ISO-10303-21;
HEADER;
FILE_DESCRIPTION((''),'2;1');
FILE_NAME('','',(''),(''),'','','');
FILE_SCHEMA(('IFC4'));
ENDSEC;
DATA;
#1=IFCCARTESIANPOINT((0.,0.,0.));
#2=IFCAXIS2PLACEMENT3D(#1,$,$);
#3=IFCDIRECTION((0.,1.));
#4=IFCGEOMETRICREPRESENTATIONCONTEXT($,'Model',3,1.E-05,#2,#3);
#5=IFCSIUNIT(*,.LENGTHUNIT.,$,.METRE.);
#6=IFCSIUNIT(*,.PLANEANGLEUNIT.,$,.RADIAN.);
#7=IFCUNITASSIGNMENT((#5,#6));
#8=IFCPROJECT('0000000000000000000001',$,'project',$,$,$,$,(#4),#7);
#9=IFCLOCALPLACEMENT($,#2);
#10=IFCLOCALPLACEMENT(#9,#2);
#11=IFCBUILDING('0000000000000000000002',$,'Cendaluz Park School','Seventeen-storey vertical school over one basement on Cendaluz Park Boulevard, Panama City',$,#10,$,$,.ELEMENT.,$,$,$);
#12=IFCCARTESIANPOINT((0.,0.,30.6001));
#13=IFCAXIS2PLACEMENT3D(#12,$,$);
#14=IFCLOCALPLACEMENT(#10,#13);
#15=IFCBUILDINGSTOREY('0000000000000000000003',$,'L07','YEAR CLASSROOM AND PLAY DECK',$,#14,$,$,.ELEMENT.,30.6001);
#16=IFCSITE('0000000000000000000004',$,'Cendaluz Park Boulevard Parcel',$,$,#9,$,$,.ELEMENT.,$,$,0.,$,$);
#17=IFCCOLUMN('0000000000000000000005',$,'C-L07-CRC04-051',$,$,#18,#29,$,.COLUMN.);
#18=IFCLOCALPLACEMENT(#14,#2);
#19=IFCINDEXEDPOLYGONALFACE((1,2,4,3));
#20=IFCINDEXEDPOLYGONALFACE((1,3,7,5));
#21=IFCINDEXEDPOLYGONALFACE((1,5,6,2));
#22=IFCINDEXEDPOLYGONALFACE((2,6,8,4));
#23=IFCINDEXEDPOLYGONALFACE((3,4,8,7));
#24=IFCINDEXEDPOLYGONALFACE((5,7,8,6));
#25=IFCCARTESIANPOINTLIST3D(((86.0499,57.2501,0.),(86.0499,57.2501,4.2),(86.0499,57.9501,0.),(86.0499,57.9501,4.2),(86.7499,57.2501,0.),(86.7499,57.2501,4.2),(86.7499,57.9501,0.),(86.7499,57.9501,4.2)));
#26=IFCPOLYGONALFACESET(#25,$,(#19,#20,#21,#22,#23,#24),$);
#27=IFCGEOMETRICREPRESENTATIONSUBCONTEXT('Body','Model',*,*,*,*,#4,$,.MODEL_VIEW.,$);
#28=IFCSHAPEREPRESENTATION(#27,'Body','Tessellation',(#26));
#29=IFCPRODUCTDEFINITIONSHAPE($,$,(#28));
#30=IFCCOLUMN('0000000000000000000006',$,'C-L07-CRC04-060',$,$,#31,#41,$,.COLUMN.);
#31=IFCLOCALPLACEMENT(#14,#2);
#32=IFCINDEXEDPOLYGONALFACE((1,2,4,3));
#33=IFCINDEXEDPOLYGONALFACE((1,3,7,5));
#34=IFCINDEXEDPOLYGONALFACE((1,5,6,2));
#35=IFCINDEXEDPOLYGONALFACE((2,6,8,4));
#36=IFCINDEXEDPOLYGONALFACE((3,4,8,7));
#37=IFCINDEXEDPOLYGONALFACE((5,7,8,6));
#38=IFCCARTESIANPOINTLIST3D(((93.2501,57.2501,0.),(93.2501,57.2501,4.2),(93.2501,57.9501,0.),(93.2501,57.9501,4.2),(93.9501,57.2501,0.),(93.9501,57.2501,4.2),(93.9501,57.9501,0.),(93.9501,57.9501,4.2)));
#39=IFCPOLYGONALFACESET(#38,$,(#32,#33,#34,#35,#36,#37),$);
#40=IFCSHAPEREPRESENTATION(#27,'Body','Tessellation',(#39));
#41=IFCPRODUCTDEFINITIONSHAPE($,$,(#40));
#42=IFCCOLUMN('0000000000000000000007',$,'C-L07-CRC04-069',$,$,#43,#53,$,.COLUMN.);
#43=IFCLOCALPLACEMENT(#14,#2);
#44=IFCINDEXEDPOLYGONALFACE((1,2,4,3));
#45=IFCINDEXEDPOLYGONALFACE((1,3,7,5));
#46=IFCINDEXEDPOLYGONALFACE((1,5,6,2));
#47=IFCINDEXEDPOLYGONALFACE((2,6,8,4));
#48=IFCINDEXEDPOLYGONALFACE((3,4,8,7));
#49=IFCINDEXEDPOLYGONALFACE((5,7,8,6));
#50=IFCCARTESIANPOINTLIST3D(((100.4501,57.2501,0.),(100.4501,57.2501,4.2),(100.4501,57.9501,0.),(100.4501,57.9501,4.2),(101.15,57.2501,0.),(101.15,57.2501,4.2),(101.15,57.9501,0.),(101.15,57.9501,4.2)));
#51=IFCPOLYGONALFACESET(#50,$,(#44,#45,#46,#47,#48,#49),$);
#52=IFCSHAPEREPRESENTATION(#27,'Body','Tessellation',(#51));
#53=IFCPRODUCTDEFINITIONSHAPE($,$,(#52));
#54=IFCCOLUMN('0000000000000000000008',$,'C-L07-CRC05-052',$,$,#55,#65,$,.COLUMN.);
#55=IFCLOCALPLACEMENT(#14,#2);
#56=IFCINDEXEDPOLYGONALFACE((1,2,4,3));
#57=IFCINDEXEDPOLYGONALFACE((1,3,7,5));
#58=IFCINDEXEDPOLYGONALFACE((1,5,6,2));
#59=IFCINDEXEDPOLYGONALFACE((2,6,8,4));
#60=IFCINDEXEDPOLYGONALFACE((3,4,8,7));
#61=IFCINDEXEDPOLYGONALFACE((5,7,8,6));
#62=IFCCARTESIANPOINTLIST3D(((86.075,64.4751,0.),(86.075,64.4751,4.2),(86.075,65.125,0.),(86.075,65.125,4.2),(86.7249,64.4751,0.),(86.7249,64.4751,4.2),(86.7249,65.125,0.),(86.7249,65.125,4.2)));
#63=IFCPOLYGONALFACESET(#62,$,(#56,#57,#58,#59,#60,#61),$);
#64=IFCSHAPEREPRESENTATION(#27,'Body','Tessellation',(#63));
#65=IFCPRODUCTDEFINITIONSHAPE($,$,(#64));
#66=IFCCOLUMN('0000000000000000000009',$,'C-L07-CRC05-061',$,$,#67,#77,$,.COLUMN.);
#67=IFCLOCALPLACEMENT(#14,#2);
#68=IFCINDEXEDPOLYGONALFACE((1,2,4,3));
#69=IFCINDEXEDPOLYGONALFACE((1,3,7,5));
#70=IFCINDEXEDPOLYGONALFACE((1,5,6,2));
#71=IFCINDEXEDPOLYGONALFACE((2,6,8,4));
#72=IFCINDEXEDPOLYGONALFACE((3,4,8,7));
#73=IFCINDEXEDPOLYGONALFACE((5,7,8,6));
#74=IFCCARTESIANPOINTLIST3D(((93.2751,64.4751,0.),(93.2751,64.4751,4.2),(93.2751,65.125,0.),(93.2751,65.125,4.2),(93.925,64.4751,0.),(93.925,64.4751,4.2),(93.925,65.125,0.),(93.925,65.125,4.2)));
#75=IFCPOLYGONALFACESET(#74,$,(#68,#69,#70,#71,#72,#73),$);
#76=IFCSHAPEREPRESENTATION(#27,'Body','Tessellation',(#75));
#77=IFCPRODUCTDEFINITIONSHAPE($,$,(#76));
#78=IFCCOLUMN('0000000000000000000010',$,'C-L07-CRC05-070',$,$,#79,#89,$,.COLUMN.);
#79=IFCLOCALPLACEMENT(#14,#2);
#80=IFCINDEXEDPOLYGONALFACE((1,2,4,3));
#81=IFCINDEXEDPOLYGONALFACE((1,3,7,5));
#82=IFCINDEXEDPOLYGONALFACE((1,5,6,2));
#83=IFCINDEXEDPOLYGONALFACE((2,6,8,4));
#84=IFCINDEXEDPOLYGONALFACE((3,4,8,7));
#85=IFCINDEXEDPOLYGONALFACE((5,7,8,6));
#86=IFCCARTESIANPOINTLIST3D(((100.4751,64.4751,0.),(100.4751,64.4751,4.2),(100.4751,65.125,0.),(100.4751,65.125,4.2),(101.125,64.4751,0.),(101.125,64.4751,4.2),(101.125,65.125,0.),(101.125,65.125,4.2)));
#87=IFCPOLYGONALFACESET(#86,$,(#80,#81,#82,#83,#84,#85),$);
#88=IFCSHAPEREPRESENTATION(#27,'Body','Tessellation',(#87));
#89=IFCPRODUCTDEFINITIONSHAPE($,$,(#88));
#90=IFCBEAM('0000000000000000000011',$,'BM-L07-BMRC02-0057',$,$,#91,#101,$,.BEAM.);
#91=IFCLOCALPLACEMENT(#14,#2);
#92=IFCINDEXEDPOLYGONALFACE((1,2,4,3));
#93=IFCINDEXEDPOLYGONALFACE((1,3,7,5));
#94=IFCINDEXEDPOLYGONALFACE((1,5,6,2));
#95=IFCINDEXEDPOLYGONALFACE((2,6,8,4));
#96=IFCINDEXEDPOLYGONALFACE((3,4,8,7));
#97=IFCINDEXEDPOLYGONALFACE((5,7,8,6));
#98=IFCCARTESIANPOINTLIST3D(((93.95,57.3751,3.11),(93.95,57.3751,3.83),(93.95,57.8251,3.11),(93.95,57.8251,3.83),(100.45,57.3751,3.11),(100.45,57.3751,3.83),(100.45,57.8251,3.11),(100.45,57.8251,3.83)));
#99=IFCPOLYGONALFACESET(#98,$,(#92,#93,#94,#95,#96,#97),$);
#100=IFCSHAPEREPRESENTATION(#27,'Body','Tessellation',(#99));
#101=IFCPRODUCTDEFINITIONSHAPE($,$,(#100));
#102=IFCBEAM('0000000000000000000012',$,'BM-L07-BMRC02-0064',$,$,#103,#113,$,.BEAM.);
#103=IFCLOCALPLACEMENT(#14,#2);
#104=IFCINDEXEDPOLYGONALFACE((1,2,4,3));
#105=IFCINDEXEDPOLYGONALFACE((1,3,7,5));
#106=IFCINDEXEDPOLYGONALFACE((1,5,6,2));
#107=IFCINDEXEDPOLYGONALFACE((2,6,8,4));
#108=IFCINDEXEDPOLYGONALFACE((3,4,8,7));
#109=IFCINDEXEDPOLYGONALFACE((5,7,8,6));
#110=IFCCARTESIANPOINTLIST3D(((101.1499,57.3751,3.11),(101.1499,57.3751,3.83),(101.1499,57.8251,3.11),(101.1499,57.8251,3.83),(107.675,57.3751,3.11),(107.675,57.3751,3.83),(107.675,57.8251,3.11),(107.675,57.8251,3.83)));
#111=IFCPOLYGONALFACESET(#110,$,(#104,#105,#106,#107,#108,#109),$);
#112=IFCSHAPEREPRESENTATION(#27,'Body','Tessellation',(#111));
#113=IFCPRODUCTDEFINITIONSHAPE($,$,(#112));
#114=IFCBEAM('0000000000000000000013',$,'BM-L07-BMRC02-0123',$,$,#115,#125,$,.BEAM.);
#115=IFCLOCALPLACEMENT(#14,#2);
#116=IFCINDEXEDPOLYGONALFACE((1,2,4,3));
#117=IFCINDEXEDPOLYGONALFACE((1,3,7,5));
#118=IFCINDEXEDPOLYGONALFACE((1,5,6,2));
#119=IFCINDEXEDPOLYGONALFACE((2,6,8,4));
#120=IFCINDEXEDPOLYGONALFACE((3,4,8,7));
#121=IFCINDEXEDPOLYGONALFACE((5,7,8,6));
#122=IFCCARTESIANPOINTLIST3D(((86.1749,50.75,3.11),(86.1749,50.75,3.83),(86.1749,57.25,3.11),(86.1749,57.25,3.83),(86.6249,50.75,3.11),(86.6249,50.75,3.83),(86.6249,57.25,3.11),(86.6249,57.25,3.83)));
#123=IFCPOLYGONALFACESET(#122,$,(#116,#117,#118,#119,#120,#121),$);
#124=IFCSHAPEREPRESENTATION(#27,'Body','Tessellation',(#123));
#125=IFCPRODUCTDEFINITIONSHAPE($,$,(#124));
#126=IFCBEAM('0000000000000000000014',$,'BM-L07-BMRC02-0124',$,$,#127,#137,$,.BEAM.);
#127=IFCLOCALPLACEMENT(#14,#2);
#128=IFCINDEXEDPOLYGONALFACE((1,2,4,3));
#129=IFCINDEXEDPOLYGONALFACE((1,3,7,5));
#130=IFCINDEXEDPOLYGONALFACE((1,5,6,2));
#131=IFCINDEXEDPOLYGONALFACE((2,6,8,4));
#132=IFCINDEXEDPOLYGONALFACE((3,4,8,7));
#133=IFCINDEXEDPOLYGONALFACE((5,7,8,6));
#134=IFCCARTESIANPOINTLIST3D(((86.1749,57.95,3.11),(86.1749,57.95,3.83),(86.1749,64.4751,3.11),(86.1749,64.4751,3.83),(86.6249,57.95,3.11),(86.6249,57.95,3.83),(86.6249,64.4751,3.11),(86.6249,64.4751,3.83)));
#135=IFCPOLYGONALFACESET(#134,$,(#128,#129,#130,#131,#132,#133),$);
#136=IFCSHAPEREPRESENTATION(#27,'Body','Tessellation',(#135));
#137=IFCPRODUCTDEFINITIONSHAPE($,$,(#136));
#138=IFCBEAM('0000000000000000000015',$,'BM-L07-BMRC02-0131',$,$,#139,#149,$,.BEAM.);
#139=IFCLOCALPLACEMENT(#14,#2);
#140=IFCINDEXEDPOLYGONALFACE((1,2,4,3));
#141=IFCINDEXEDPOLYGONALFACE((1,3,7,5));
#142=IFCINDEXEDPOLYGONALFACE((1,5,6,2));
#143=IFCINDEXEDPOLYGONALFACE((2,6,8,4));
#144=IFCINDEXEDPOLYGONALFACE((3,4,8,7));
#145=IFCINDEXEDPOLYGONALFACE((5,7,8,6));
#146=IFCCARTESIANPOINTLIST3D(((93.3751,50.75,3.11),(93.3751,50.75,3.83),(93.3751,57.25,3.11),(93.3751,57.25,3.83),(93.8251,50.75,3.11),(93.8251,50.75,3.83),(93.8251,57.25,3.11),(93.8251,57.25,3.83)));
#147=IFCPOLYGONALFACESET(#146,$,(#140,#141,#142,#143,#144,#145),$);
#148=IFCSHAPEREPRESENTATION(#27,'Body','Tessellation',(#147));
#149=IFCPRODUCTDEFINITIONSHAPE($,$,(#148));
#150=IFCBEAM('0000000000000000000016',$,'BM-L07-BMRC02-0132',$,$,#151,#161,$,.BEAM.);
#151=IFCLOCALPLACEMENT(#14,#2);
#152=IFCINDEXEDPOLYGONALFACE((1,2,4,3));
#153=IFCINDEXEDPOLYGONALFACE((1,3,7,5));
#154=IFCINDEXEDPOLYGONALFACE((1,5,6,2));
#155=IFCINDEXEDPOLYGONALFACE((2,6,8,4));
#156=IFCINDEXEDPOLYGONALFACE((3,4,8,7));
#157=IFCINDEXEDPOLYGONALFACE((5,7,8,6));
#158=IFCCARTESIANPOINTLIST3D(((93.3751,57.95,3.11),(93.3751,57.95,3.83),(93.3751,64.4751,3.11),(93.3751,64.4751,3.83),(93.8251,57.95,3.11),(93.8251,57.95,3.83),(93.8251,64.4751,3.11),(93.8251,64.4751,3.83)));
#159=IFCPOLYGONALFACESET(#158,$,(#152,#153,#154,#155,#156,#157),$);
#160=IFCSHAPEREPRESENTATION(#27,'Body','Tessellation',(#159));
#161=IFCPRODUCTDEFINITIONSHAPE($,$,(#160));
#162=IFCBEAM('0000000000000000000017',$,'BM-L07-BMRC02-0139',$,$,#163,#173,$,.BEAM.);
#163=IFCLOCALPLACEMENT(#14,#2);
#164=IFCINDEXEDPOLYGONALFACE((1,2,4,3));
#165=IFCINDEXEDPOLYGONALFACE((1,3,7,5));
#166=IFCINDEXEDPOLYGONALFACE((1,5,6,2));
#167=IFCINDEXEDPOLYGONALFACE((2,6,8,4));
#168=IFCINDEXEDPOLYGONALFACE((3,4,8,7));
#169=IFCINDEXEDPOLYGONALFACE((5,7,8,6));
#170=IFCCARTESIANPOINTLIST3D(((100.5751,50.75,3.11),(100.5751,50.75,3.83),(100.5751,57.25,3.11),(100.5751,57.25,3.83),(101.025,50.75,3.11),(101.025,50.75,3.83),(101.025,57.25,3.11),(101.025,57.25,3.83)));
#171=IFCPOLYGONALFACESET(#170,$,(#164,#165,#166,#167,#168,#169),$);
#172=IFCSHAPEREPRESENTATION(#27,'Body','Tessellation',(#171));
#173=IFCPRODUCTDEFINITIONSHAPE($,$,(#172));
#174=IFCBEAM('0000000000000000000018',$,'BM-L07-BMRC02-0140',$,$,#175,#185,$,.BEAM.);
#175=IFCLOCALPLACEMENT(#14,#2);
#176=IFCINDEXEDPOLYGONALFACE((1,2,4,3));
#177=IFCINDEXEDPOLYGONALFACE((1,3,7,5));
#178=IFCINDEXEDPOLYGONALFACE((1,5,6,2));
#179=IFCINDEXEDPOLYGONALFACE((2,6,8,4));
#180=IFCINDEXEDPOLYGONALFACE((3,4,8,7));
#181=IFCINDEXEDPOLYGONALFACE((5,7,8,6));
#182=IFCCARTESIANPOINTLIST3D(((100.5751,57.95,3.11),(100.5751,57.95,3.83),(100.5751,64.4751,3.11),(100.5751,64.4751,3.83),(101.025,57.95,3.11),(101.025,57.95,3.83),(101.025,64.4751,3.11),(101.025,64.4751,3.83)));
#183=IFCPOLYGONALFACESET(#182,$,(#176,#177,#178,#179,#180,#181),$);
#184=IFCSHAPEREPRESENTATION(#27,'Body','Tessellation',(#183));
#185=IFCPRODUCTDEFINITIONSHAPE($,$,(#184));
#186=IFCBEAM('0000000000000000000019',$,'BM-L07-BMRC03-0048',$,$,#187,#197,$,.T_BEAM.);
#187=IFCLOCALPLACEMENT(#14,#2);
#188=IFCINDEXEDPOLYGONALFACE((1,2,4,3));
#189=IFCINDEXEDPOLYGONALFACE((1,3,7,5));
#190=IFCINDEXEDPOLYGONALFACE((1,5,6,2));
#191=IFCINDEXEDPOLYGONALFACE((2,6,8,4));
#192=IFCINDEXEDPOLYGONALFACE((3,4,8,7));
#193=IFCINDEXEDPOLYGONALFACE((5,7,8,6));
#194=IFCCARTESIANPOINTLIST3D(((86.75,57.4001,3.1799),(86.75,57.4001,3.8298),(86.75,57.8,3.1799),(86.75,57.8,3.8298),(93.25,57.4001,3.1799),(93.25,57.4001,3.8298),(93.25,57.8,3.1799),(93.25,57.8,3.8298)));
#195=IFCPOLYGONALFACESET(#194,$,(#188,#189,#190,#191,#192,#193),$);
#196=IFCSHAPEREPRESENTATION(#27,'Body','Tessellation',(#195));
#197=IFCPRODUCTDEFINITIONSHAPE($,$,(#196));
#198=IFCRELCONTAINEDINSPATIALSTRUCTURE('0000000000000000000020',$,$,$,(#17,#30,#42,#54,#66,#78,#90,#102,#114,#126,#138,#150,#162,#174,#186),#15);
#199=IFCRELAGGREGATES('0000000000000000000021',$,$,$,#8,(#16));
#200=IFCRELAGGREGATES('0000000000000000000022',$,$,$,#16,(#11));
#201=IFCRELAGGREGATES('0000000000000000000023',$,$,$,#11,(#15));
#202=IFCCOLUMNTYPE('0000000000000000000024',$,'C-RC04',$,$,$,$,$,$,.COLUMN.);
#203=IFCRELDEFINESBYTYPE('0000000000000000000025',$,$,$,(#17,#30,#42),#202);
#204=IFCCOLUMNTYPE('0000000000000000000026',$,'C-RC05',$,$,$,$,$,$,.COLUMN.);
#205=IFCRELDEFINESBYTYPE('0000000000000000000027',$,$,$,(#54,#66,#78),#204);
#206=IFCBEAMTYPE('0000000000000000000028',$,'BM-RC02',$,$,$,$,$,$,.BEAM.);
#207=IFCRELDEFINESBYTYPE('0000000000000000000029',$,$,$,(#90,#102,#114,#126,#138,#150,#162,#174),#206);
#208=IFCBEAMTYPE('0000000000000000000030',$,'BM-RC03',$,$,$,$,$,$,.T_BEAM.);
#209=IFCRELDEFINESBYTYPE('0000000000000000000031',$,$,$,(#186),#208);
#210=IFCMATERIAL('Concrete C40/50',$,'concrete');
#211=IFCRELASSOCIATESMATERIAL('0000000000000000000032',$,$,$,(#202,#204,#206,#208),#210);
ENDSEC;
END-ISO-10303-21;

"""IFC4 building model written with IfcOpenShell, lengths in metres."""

from ifc_helpers import new_model, si_unit, direction, frame, origin, origin_2d, place, context, subcontext, project, spatial, rectangle, extrude, material, material_profile, profile_set, type_object, element, save


model = new_model("IFC4")

# Units and contexts
model_context = context("Model", 3, precision=1e-05, world=origin(), true_north=direction((0.0, 1.0)))
body_context = subcontext(model_context, "Body", "Model", "MODEL_VIEW")
ifc_project = project(units=[si_unit("LENGTHUNIT", "METRE"), si_unit("PLANEANGLEUNIT", "RADIAN")], contexts=[model_context])

# Site, building, storey
site_placement = place(None, origin())
site = spatial("IfcSite", under=ifc_project, at=site_placement, Name="Cendaluz Park Boulevard Parcel", CompositionType="ELEMENT", RefElevation=0.0)
building_placement = place(site_placement, origin())
building = spatial("IfcBuilding", under=site, at=building_placement, Name="Cendaluz Park School", Description="Seventeen-storey vertical school over one basement on Cendaluz Park Boulevard, Panama City", CompositionType="ELEMENT")
storey_placement = place(building_placement, frame((0.0, 0.0, 30.6001)))
storey = spatial("IfcBuildingStorey", under=building, at=storey_placement, Name="L07", Description="YEAR CLASSROOM AND PLAY DECK", CompositionType="ELEMENT", Elevation=30.6001)

# Columns
ifc_material_1 = material(Name="Concrete C40/50", Category="concrete")
ifc_material_profile_1 = material_profile(ifc_material_1, rectangle(XDim=0.7, YDim=0.7, at=origin_2d()), Name="RC 700x700", Category="concrete")
ifc_profile_set_1 = profile_set([ifc_material_profile_1], Name="Concrete C40/50")
column_type_1 = type_object("IfcColumnType", Name="C-RC04", PredefinedType="COLUMN", material=ifc_profile_set_1)
for number, where, z_axis, x_axis, name in (
    (1, (86.3999, 57.6001, 0.0), (0.0, 0.0, 1.0), (1.0, 0.0, 0.0), "C-L07-CRC04-051"),
    (2, (93.6001, 57.6001, 0.0), (0.0, 0.0, 1.0), (1.0, 0.0, 0.0), "C-L07-CRC04-060"),
    (3, (100.8, 57.6001, 0.0), (0.0, 0.0, 1.0), (1.0, 0.0, 0.0), "C-L07-CRC04-069"),
):
    element("IfcColumn", number, at=place(storey_placement, frame(where, z_axis=z_axis, x_axis=x_axis)), inside=storey, type_object=column_type_1, Name=name, PredefinedType="COLUMN", context=body_context, shape_type="SweptSolid", body=[
        extrude(rectangle(XDim=0.7, YDim=0.7, at=origin_2d()), origin(), (0.0, 0.0, 1.0), 4.2),
    ])
ifc_material_profile_2 = material_profile(ifc_material_1, rectangle(XDim=0.6499, YDim=0.6499, at=origin_2d()), Name="RC 650x650", Category="concrete")
ifc_profile_set_2 = profile_set([ifc_material_profile_2], Name="Concrete C40/50")
column_type_2 = type_object("IfcColumnType", Name="C-RC05", PredefinedType="COLUMN", material=ifc_profile_set_2)
for number, where, z_axis, x_axis, name in (
    (4, (86.3999, 64.8, 0.0), (0.0, 0.0, 1.0), (1.0, 0.0, 0.0), "C-L07-CRC05-052"),
    (5, (93.6001, 64.8, 0.0), (0.0, 0.0, 1.0), (1.0, 0.0, 0.0), "C-L07-CRC05-061"),
    (6, (100.8, 64.8, 0.0), (0.0, 0.0, 1.0), (1.0, 0.0, 0.0), "C-L07-CRC05-070"),
):
    element("IfcColumn", number, at=place(storey_placement, frame(where, z_axis=z_axis, x_axis=x_axis)), inside=storey, type_object=column_type_2, Name=name, PredefinedType="COLUMN", context=body_context, shape_type="SweptSolid", body=[
        extrude(rectangle(XDim=0.6499, YDim=0.6499, at=origin_2d()), origin(), (0.0, 0.0, 1.0), 4.2),
    ])

# Beams
ifc_material_profile_3 = material_profile(ifc_material_1, rectangle(XDim=0.45, YDim=0.72, at=origin_2d()), Name="RC 450x720", Category="concrete")
ifc_profile_set_3 = profile_set([ifc_material_profile_3], Name="Concrete C40/50")
beam_type_1 = type_object("IfcBeamType", Name="BM-RC02", PredefinedType="BEAM", material=ifc_profile_set_3)
beam_1_placement = place(storey_placement, frame((93.95, 57.6001, 3.47), z_axis=(1.0, 0.0, 0.0), x_axis=(0.0, 1.0, 0.0)))
element("IfcBeam", 7, at=beam_1_placement, inside=storey, type_object=beam_type_1, Name="BM-L07-BMRC02-0057", PredefinedType="BEAM", context=body_context, shape_type="SweptSolid", body=[
    extrude(rectangle(XDim=0.45, YDim=0.72, at=origin_2d()), origin(), (0.0, 0.0, 1.0), 6.5),
])
beam_2_placement = place(storey_placement, frame((101.1499, 57.6001, 3.47), z_axis=(1.0, 0.0, 0.0), x_axis=(0.0, 1.0, 0.0)))
element("IfcBeam", 8, at=beam_2_placement, inside=storey, type_object=beam_type_1, Name="BM-L07-BMRC02-0064", PredefinedType="BEAM", context=body_context, shape_type="SweptSolid", body=[
    extrude(rectangle(XDim=0.45, YDim=0.72, at=origin_2d()), origin(), (0.0, 0.0, 1.0), 6.5251),
])
beam_3_placement = place(storey_placement, frame((86.3999, 50.75, 3.47), z_axis=(0.0, 1.0, 0.0), x_axis=(-1.0, 0.0, 0.0)))
element("IfcBeam", 9, at=beam_3_placement, inside=storey, type_object=beam_type_1, Name="BM-L07-BMRC02-0123", PredefinedType="BEAM", context=body_context, shape_type="SweptSolid", body=[
    extrude(rectangle(XDim=0.45, YDim=0.72, at=origin_2d()), origin(), (0.0, 0.0, 1.0), 6.5),
])
beam_4_placement = place(storey_placement, frame((86.3999, 57.95, 3.47), z_axis=(0.0, 1.0, 0.0), x_axis=(-1.0, 0.0, 0.0)))
element("IfcBeam", 10, at=beam_4_placement, inside=storey, type_object=beam_type_1, Name="BM-L07-BMRC02-0124", PredefinedType="BEAM", context=body_context, shape_type="SweptSolid", body=[
    extrude(rectangle(XDim=0.45, YDim=0.72, at=origin_2d()), origin(), (0.0, 0.0, 1.0), 6.5251),
])
beam_5_placement = place(storey_placement, frame((93.6001, 50.75, 3.47), z_axis=(0.0, 1.0, 0.0), x_axis=(-1.0, 0.0, 0.0)))
element("IfcBeam", 11, at=beam_5_placement, inside=storey, type_object=beam_type_1, Name="BM-L07-BMRC02-0131", PredefinedType="BEAM", context=body_context, shape_type="SweptSolid", body=[
    extrude(rectangle(XDim=0.45, YDim=0.72, at=origin_2d()), origin(), (0.0, 0.0, 1.0), 6.5),
])
beam_6_placement = place(storey_placement, frame((93.6001, 57.95, 3.47), z_axis=(0.0, 1.0, 0.0), x_axis=(-1.0, 0.0, 0.0)))
element("IfcBeam", 12, at=beam_6_placement, inside=storey, type_object=beam_type_1, Name="BM-L07-BMRC02-0132", PredefinedType="BEAM", context=body_context, shape_type="SweptSolid", body=[
    extrude(rectangle(XDim=0.45, YDim=0.72, at=origin_2d()), origin(), (0.0, 0.0, 1.0), 6.5251),
])
beam_7_placement = place(storey_placement, frame((100.8, 50.75, 3.47), z_axis=(0.0, 1.0, 0.0), x_axis=(-1.0, 0.0, 0.0)))
element("IfcBeam", 13, at=beam_7_placement, inside=storey, type_object=beam_type_1, Name="BM-L07-BMRC02-0139", PredefinedType="BEAM", context=body_context, shape_type="SweptSolid", body=[
    extrude(rectangle(XDim=0.45, YDim=0.72, at=origin_2d()), origin(), (0.0, 0.0, 1.0), 6.5),
])
beam_8_placement = place(storey_placement, frame((100.8, 57.95, 3.47), z_axis=(0.0, 1.0, 0.0), x_axis=(-1.0, 0.0, 0.0)))
element("IfcBeam", 14, at=beam_8_placement, inside=storey, type_object=beam_type_1, Name="BM-L07-BMRC02-0140", PredefinedType="BEAM", context=body_context, shape_type="SweptSolid", body=[
    extrude(rectangle(XDim=0.45, YDim=0.72, at=origin_2d()), origin(), (0.0, 0.0, 1.0), 6.5251),
])
ifc_material_profile_4 = material_profile(ifc_material_1, rectangle(XDim=0.3999, YDim=0.6499, at=origin_2d()), Name="RC 400x650", Category="concrete")
ifc_profile_set_4 = profile_set([ifc_material_profile_4], Name="Concrete C40/50")
beam_type_2 = type_object("IfcBeamType", Name="BM-RC03", PredefinedType="T_BEAM", material=ifc_profile_set_4)
beam_9_placement = place(storey_placement, frame((86.75, 57.6001, 3.5049), z_axis=(1.0, 0.0, 0.0), x_axis=(0.0, 1.0, 0.0)))
element("IfcBeam", 15, at=beam_9_placement, inside=storey, type_object=beam_type_2, Name="BM-L07-BMRC03-0048", PredefinedType="T_BEAM", context=body_context, shape_type="SweptSolid", body=[
    extrude(rectangle(XDim=0.3999, YDim=0.6499, at=origin_2d()), origin(), (0.0, 0.0, 1.0), 6.5),
])

save(model, "model.ifc")
